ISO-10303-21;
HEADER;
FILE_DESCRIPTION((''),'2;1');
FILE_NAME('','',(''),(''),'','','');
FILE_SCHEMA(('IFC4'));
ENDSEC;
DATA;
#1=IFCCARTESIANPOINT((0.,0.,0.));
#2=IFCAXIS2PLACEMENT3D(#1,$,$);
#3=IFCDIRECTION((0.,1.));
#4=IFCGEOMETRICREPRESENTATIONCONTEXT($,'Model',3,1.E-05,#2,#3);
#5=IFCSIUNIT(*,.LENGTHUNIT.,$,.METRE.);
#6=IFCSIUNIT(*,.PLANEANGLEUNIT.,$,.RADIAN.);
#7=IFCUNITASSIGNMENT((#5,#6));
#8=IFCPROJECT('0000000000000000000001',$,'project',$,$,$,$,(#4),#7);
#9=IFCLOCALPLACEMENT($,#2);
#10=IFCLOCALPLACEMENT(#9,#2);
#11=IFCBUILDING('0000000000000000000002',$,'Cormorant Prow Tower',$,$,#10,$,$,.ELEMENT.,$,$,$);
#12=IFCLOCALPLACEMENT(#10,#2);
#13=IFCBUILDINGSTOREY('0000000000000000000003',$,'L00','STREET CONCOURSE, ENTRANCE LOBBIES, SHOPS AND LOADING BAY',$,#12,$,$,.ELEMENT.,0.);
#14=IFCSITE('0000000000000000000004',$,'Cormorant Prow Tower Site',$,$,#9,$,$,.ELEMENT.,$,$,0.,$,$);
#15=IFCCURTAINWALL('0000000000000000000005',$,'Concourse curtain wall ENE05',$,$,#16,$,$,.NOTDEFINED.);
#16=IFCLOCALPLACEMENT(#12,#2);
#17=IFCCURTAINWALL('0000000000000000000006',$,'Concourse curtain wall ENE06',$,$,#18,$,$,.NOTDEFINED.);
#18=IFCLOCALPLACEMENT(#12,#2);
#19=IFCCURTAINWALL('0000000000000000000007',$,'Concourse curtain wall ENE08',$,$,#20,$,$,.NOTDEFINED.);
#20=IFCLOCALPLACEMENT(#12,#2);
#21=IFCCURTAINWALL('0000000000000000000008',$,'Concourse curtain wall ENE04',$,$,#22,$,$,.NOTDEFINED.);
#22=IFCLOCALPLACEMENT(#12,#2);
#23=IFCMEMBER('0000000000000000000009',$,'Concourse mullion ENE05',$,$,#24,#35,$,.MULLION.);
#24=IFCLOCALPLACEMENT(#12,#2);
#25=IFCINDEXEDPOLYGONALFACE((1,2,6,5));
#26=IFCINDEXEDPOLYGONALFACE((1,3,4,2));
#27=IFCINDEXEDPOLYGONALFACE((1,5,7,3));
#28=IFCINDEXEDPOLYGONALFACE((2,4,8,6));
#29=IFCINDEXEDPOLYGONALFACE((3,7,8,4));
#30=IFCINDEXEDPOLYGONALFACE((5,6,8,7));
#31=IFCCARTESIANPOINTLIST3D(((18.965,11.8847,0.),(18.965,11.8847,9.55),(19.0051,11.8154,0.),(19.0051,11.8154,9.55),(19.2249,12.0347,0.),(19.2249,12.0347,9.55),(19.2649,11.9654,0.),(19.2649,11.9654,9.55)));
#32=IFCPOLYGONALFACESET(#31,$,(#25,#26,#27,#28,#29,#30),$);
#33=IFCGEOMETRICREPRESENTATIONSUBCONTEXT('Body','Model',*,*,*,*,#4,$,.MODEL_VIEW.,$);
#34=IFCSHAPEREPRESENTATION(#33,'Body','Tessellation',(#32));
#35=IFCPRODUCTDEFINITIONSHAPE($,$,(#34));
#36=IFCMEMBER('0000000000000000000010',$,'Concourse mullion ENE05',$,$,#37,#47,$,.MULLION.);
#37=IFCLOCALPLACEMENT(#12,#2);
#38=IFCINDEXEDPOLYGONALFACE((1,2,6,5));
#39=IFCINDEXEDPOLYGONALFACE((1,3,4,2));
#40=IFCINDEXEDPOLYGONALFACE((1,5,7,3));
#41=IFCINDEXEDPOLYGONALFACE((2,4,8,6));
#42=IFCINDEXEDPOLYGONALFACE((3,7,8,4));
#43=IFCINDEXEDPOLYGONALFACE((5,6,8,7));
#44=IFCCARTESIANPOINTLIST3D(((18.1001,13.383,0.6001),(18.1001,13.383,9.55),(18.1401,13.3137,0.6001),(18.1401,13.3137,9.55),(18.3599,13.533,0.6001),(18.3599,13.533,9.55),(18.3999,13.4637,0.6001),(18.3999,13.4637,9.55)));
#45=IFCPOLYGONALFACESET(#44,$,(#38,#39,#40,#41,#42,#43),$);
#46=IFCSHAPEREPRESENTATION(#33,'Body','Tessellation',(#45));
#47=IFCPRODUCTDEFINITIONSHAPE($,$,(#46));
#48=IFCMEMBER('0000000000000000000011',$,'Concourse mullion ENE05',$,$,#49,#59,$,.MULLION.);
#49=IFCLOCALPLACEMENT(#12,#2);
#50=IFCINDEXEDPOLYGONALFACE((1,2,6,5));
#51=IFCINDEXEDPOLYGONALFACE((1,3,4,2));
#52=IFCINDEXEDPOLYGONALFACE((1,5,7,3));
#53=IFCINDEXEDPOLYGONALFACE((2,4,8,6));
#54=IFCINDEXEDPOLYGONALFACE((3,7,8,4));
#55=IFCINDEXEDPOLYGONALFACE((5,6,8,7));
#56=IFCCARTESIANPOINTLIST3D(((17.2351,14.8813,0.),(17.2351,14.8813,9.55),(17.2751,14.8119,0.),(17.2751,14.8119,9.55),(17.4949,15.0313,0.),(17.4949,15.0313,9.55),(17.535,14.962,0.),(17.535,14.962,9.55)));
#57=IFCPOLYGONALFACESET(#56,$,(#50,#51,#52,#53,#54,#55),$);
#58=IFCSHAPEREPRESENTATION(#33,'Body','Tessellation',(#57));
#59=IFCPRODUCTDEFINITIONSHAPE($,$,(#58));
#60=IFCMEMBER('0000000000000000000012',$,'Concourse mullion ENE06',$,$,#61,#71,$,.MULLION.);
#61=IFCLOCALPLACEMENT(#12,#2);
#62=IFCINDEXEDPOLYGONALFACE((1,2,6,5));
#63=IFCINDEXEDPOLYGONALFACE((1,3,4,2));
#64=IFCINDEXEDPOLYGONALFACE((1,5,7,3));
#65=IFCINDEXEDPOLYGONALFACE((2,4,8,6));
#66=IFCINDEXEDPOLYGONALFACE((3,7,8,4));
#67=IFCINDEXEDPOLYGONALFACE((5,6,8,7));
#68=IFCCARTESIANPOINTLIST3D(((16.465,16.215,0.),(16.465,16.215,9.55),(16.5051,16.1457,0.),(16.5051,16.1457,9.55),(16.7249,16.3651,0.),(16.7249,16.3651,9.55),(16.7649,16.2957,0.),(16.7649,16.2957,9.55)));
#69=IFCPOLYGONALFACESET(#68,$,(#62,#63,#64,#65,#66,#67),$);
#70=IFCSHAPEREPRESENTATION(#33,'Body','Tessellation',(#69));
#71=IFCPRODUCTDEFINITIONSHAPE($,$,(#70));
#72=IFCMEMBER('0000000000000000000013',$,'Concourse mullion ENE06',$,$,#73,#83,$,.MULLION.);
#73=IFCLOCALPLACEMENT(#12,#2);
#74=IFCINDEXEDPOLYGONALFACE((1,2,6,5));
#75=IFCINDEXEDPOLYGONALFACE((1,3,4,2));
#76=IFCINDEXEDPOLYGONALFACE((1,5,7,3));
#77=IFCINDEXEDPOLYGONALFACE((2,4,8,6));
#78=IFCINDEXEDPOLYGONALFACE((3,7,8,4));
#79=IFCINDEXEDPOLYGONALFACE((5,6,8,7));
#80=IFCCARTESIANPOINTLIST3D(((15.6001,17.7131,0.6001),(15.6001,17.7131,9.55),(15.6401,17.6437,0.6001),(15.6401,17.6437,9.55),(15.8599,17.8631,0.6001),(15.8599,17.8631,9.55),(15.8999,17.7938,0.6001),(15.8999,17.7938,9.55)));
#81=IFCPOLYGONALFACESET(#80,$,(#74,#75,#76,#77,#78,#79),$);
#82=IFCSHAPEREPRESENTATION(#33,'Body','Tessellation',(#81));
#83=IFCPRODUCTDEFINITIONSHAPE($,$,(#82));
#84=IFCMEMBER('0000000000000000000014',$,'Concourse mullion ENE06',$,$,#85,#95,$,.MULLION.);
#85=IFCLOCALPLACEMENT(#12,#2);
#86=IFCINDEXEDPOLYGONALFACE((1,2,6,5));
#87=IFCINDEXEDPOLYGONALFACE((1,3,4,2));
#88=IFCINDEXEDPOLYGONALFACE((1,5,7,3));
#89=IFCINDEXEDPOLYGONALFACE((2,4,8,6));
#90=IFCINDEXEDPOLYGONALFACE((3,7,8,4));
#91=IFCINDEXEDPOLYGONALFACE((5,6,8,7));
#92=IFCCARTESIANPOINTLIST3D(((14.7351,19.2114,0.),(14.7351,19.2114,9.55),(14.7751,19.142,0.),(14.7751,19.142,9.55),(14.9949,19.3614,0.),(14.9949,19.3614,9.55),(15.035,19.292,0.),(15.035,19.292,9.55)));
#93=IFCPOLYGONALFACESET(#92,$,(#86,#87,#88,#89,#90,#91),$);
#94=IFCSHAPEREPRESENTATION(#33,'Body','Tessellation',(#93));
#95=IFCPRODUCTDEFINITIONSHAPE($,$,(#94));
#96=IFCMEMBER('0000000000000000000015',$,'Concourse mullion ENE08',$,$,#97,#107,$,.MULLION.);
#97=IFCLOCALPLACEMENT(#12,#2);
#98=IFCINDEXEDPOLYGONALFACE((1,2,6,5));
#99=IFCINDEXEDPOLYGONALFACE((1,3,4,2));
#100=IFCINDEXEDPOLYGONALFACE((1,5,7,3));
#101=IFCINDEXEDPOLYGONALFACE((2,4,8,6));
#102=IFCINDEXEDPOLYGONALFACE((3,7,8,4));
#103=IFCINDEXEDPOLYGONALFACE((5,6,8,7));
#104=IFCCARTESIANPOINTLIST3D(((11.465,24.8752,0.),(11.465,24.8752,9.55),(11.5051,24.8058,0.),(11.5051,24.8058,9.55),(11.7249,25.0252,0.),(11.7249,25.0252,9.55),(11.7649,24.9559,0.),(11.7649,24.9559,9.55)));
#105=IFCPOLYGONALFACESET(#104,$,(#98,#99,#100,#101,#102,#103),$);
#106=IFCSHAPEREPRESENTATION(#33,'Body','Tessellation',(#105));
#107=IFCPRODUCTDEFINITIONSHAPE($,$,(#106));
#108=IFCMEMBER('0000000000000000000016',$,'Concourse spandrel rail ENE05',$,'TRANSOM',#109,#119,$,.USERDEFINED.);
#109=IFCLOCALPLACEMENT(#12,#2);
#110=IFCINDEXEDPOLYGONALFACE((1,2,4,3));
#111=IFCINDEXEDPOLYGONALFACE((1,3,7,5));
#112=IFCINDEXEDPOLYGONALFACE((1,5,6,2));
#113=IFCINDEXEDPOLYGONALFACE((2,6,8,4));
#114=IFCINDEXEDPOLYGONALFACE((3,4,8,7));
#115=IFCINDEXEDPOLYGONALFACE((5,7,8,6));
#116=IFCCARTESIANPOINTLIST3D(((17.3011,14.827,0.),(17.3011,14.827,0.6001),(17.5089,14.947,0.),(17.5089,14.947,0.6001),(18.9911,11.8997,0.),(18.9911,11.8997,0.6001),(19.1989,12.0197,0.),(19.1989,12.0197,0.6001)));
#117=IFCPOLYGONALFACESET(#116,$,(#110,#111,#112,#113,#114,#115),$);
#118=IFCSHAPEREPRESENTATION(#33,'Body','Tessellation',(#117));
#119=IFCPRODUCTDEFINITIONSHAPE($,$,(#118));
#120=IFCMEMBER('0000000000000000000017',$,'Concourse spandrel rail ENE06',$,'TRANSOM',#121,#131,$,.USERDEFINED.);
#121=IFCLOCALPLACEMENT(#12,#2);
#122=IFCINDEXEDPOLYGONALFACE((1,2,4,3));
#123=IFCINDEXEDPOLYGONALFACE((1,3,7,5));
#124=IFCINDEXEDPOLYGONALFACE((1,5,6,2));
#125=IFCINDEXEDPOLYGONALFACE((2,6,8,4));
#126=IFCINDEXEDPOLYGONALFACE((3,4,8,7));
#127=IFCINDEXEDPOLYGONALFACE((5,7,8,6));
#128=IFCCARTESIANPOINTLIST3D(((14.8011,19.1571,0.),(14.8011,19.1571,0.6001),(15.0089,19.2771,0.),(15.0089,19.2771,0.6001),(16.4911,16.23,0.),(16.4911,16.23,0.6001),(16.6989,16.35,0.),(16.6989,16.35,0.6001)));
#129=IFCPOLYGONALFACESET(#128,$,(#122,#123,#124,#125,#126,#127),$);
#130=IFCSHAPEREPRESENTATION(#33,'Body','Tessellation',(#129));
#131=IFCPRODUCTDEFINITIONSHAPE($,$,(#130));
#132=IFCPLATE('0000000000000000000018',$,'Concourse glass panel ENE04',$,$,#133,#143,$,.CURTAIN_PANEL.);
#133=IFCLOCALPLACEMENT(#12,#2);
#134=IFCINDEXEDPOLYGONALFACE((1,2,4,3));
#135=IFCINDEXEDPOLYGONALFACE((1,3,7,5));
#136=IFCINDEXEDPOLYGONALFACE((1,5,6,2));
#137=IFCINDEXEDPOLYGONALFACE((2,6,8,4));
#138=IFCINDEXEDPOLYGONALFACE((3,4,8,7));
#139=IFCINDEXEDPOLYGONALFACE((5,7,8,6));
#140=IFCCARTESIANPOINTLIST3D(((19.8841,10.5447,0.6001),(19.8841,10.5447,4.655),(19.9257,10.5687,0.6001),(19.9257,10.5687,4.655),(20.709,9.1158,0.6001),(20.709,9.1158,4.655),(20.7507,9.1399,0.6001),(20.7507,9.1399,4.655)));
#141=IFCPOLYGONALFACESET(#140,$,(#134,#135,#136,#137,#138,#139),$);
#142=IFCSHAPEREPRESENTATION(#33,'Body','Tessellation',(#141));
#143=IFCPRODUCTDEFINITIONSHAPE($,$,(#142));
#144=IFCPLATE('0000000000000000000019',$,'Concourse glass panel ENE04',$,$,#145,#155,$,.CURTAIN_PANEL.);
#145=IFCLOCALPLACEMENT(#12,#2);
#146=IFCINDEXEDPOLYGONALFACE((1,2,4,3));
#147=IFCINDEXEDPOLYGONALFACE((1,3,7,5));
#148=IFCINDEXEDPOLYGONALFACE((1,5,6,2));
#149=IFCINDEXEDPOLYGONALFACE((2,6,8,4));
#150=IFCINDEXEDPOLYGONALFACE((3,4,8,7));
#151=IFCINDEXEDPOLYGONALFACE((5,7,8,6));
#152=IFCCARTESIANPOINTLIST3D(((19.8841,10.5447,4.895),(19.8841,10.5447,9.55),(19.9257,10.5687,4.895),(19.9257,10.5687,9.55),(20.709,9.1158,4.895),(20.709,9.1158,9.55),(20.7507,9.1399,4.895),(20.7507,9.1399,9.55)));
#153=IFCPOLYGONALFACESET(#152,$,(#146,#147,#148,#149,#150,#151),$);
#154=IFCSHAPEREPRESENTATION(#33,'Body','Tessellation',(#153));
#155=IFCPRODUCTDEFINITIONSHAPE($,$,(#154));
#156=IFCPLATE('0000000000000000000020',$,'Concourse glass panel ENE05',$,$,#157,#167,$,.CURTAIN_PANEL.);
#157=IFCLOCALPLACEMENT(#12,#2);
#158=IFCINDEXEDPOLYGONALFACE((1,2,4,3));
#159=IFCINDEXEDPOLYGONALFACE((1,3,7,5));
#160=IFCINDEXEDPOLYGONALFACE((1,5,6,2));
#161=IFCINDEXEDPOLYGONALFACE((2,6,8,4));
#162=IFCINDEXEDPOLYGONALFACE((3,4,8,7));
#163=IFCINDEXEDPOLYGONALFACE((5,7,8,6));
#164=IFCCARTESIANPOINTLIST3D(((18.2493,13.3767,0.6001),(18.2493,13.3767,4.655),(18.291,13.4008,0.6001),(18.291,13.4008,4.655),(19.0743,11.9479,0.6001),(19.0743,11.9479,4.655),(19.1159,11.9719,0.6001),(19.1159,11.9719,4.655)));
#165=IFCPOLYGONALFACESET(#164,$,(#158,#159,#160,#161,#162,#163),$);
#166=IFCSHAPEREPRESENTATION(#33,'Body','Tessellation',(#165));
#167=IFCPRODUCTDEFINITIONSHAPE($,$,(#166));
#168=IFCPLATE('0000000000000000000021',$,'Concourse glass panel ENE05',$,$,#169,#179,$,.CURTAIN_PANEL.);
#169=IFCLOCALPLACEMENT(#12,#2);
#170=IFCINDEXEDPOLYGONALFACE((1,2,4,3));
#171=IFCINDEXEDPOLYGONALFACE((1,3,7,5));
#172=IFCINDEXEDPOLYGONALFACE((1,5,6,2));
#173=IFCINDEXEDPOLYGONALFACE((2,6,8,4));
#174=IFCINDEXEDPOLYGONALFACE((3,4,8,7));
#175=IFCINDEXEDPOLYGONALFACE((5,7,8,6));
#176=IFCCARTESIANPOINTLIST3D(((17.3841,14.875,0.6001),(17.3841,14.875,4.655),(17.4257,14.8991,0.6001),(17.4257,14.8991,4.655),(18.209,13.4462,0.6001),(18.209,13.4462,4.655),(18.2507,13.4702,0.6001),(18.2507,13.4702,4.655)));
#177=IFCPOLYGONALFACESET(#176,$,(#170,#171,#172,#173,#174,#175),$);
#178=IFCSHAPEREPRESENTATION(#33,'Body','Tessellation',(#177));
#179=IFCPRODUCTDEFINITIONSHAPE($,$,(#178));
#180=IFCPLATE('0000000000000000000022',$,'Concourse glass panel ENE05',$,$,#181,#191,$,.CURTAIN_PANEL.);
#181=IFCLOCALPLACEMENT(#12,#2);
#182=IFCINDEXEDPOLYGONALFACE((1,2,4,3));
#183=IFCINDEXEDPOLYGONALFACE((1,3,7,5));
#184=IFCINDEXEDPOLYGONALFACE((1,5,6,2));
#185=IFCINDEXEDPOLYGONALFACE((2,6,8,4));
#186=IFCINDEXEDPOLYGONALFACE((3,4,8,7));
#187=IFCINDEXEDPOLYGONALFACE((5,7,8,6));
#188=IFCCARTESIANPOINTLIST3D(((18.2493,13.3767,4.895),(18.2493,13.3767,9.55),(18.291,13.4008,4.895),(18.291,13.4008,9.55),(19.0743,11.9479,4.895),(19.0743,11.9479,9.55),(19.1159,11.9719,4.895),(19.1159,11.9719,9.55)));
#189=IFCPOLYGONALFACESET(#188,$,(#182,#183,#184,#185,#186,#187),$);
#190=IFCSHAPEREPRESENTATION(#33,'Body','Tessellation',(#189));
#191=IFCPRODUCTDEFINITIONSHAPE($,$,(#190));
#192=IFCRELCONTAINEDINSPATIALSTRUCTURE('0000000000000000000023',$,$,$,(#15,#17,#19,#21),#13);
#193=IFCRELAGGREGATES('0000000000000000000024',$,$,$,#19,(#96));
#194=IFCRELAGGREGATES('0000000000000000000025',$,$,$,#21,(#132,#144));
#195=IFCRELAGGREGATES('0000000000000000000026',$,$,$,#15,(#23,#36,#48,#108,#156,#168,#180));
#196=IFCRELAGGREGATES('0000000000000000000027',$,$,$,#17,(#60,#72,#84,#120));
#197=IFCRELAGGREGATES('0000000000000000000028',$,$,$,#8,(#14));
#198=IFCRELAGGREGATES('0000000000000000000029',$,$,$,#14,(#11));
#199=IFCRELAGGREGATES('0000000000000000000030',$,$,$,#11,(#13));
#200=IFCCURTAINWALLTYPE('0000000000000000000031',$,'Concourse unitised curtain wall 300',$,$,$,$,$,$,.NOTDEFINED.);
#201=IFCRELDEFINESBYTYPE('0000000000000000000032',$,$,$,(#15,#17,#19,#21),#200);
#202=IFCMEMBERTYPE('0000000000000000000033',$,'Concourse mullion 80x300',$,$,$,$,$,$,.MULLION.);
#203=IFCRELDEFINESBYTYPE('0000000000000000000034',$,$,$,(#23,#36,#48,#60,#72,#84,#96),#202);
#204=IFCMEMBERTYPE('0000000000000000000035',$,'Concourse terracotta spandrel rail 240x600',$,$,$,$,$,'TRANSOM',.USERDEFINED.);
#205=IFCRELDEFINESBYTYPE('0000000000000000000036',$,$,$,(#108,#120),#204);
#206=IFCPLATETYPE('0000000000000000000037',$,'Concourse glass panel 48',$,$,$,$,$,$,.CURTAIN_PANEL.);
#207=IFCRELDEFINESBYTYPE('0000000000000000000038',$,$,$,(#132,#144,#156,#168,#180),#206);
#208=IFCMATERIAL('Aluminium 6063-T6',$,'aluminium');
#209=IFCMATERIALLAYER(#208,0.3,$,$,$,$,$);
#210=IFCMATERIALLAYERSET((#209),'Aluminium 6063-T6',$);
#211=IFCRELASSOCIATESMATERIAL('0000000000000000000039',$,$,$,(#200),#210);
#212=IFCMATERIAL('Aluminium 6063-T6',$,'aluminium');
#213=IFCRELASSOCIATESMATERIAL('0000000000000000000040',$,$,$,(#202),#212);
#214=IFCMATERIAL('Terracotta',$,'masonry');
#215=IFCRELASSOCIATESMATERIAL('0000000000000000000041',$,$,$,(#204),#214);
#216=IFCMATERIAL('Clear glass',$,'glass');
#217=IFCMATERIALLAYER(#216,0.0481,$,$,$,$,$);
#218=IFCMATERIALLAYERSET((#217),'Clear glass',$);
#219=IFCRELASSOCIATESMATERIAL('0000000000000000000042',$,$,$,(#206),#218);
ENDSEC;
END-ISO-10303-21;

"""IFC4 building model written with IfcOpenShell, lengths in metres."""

from ifc_helpers import new_model, si_unit, direction, frame, origin, origin_2d, place, context, subcontext, project, spatial, rectangle, extrude, material, layer, layer_set, material_profile, profile_set, type_object, element, aggregate, save


model = new_model("IFC4")

# Units and contexts
model_context = context("Model", 3, precision=1e-05, world=origin(), true_north=direction((0.0, 1.0)))
body_context = subcontext(model_context, "Body", "Model", "MODEL_VIEW")
ifc_project = project(units=[si_unit("LENGTHUNIT", "METRE"), si_unit("PLANEANGLEUNIT", "RADIAN")], contexts=[model_context])

# Site, building, storey
site_placement = place(None, origin())
site = spatial("IfcSite", under=ifc_project, at=site_placement, Name="Cormorant Prow Tower Site", CompositionType="ELEMENT", RefElevation=0.0)
building_placement = place(site_placement, origin())
building = spatial("IfcBuilding", under=site, at=building_placement, Name="Cormorant Prow Tower", CompositionType="ELEMENT")
storey_placement = place(building_placement, origin())
storey = spatial("IfcBuildingStorey", under=building, at=storey_placement, Name="L00", Description="STREET CONCOURSE, ENTRANCE LOBBIES, SHOPS AND LOADING BAY", CompositionType="ELEMENT", Elevation=0.0)

# Curtain walls
ifc_material_1 = material(Name="Aluminium 6063-T6", Category="aluminium")
ifc_layer_1 = layer(ifc_material_1, 0.3)
ifc_layer_set_1 = layer_set([ifc_layer_1], Name="Aluminium 6063-T6")
curtain_wall_type = type_object("IfcCurtainWallType", Name="Concourse unitised curtain wall 300", PredefinedType="NOTDEFINED", material=ifc_layer_set_1)
curtain_wall_1_placement = place(storey_placement, origin())
curtain_wall_1 = element("IfcCurtainWall", 1, at=curtain_wall_1_placement, inside=storey, type_object=curtain_wall_type, Name="Concourse curtain wall ENE05", PredefinedType="NOTDEFINED")
curtain_wall_2_placement = place(storey_placement, origin())
curtain_wall_2 = element("IfcCurtainWall", 2, at=curtain_wall_2_placement, inside=storey, type_object=curtain_wall_type, Name="Concourse curtain wall ENE06", PredefinedType="NOTDEFINED")

# Curtain walls
curtain_wall_3_placement = place(storey_placement, origin())
curtain_wall_3 = element("IfcCurtainWall", 3, at=curtain_wall_3_placement, inside=storey, type_object=curtain_wall_type, Name="Concourse curtain wall ENE08", PredefinedType="NOTDEFINED")
curtain_wall_4_placement = place(storey_placement, origin())
curtain_wall_4 = element("IfcCurtainWall", 4, at=curtain_wall_4_placement, inside=storey, type_object=curtain_wall_type, Name="Concourse curtain wall ENE04", PredefinedType="NOTDEFINED")
ifc_material_2 = material(Name="Aluminium 6063-T6", Category="aluminium")
ifc_material_profile_1 = material_profile(ifc_material_2, rectangle(XDim=0.3, YDim=0.0801, at=origin_2d()), Name="Concourse mullion 80x300")
ifc_profile_set_1 = profile_set([ifc_material_profile_1], Name="Aluminium 6063-T6")
member_type_1 = type_object("IfcMemberType", Name="Concourse mullion 80x300", PredefinedType="MULLION", material=ifc_profile_set_1)

# Members
member_1_placement = place(storey_placement, frame((19.115, 11.925, 0.0), z_axis=(0.0, 0.0, 1.0), x_axis=(-0.866025, -0.5, 0.0)))
member_1 = element("IfcMember", 5, at=member_1_placement, type_object=member_type_1, Name="Concourse mullion ENE05", PredefinedType="MULLION", context=body_context, shape_type="SweptSolid", body=[
    extrude(rectangle(XDim=0.3, YDim=0.0801, at=origin_2d()), origin(), (0.0, 0.0, 1.0), 9.55),
])
member_2_placement = place(storey_placement, frame((18.25, 13.4233, 0.6001), z_axis=(0.0, 0.0, 1.0), x_axis=(-0.866025, -0.5, 0.0)))
member_2 = element("IfcMember", 6, at=member_2_placement, type_object=member_type_1, Name="Concourse mullion ENE05", PredefinedType="MULLION", context=body_context, shape_type="SweptSolid", body=[
    extrude(rectangle(XDim=0.3, YDim=0.0801, at=origin_2d()), origin(), (0.0, 0.0, 1.0), 8.95),
])
member_3_placement = place(storey_placement, frame((17.385, 14.9216, 0.0), z_axis=(0.0, 0.0, 1.0), x_axis=(-0.866025, -0.5, 0.0)))
member_3 = element("IfcMember", 7, at=member_3_placement, type_object=member_type_1, Name="Concourse mullion ENE05", PredefinedType="MULLION", context=body_context, shape_type="SweptSolid", body=[
    extrude(rectangle(XDim=0.3, YDim=0.0801, at=origin_2d()), origin(), (0.0, 0.0, 1.0), 9.55),
])
member_4_placement = place(storey_placement, frame((16.615, 16.2554, 0.0), z_axis=(0.0, 0.0, 1.0), x_axis=(-0.866025, -0.5, 0.0)))
member_4 = element("IfcMember", 8, at=member_4_placement, type_object=member_type_1, Name="Concourse mullion ENE06", PredefinedType="MULLION", context=body_context, shape_type="SweptSolid", body=[
    extrude(rectangle(XDim=0.3, YDim=0.0801, at=origin_2d()), origin(), (0.0, 0.0, 1.0), 9.55),
])
member_5_placement = place(storey_placement, frame((15.75, 17.7534, 0.6001), z_axis=(0.0, 0.0, 1.0), x_axis=(-0.866025, -0.5, 0.0)))
member_5 = element("IfcMember", 9, at=member_5_placement, type_object=member_type_1, Name="Concourse mullion ENE06", PredefinedType="MULLION", context=body_context, shape_type="SweptSolid", body=[
    extrude(rectangle(XDim=0.3, YDim=0.0801, at=origin_2d()), origin(), (0.0, 0.0, 1.0), 8.95),
])
member_6_placement = place(storey_placement, frame((14.885, 19.2517, 0.0), z_axis=(0.0, 0.0, 1.0), x_axis=(-0.866025, -0.5, 0.0)))
member_6 = element("IfcMember", 10, at=member_6_placement, type_object=member_type_1, Name="Concourse mullion ENE06", PredefinedType="MULLION", context=body_context, shape_type="SweptSolid", body=[
    extrude(rectangle(XDim=0.3, YDim=0.0801, at=origin_2d()), origin(), (0.0, 0.0, 1.0), 9.55),
])
member_7_placement = place(storey_placement, frame((11.615, 24.9155, 0.0), z_axis=(0.0, 0.0, 1.0), x_axis=(-0.866025, -0.5, 0.0)))
member_7 = element("IfcMember", 11, at=member_7_placement, type_object=member_type_1, Name="Concourse mullion ENE08", PredefinedType="MULLION", context=body_context, shape_type="SweptSolid", body=[
    extrude(rectangle(XDim=0.3, YDim=0.0801, at=origin_2d()), origin(), (0.0, 0.0, 1.0), 9.55),
])
aggregate(curtain_wall_3, [member_7])
ifc_material_3 = material(Name="Terracotta", Category="masonry")
ifc_material_profile_2 = material_profile(ifc_material_3, rectangle(XDim=0.24, YDim=0.6001, at=origin_2d()), Name="Concourse terracotta spandrel rail 240x600")
ifc_profile_set_2 = profile_set([ifc_material_profile_2], Name="Terracotta")
member_type_2 = type_object("IfcMemberType", Name="Concourse terracotta spandrel rail 240x600", ElementType="TRANSOM", PredefinedType="USERDEFINED", material=ifc_profile_set_2)
member_8_placement = place(storey_placement, frame((19.095, 11.9597, 0.3), z_axis=(-0.499977, 0.866039, 0.0), x_axis=(-0.866039, -0.499977, 0.0)))
member_8 = element("IfcMember", 12, at=member_8_placement, type_object=member_type_2, Name="Concourse spandrel rail ENE05", ObjectType="TRANSOM", PredefinedType="USERDEFINED", context=body_context, shape_type="SweptSolid", body=[
    extrude(rectangle(XDim=0.24, YDim=0.6001, at=origin_2d()), origin(), (0.0, 0.0, 1.0), 3.3801),
])
member_9_placement = place(storey_placement, frame((16.595, 16.29, 0.3), z_axis=(-0.500008, 0.866021, 0.0), x_axis=(-0.866021, -0.500008, 0.0)))
member_9 = element("IfcMember", 13, at=member_9_placement, type_object=member_type_2, Name="Concourse spandrel rail ENE06", ObjectType="TRANSOM", PredefinedType="USERDEFINED", context=body_context, shape_type="SweptSolid", body=[
    extrude(rectangle(XDim=0.24, YDim=0.6001, at=origin_2d()), origin(), (0.0, 0.0, 1.0), 3.3799),
])

# Plates
ifc_material_4 = material(Name="Clear glass", Category="glass")
ifc_layer_2 = layer(ifc_material_4, 0.0481)
ifc_layer_set_2 = layer_set([ifc_layer_2], Name="Clear glass")
plate_type = type_object("IfcPlateType", Name="Concourse glass panel 48", PredefinedType="CURTAIN_PANEL", material=ifc_layer_set_2)
plate_1_placement = place(storey_placement, frame((20.3174, 9.8423, 0.6001), z_axis=(0.0, 0.0, 1.0), x_axis=(-0.5, 0.866025, 0.0)))
plate_1 = element("IfcPlate", 14, at=plate_1_placement, type_object=plate_type, Name="Concourse glass panel ENE04", PredefinedType="CURTAIN_PANEL", context=body_context, shape_type="SweptSolid", body=[
    extrude(rectangle(XDim=1.6499, YDim=0.0481, at=origin_2d()), origin(), (0.0, 0.0, 1.0), 4.0549),
])
plate_2_placement = place(storey_placement, frame((20.3174, 9.8423, 4.895), z_axis=(0.0, 0.0, 1.0), x_axis=(-0.5, 0.866025, 0.0)))
plate_2 = element("IfcPlate", 15, at=plate_2_placement, type_object=plate_type, Name="Concourse glass panel ENE04", PredefinedType="CURTAIN_PANEL", context=body_context, shape_type="SweptSolid", body=[
    extrude(rectangle(XDim=1.6499, YDim=0.0481, at=origin_2d()), origin(), (0.0, 0.0, 1.0), 4.655),
])
aggregate(curtain_wall_4, [plate_1, plate_2])
plate_3_placement = place(storey_placement, frame((18.6826, 12.6743, 0.6001), z_axis=(0.0, 0.0, 1.0), x_axis=(-0.5, 0.866025, 0.0)))
plate_3 = element("IfcPlate", 16, at=plate_3_placement, type_object=plate_type, Name="Concourse glass panel ENE05", PredefinedType="CURTAIN_PANEL", context=body_context, shape_type="SweptSolid", body=[
    extrude(rectangle(XDim=1.6499, YDim=0.0481, at=origin_2d()), origin(), (0.0, 0.0, 1.0), 4.0549),
])
plate_4_placement = place(storey_placement, frame((17.8174, 14.1726, 0.6001), z_axis=(0.0, 0.0, 1.0), x_axis=(-0.5, 0.866025, 0.0)))
plate_4 = element("IfcPlate", 17, at=plate_4_placement, type_object=plate_type, Name="Concourse glass panel ENE05", PredefinedType="CURTAIN_PANEL", context=body_context, shape_type="SweptSolid", body=[
    extrude(rectangle(XDim=1.6499, YDim=0.0481, at=origin_2d()), origin(), (0.0, 0.0, 1.0), 4.0549),
])
plate_5_placement = place(storey_placement, frame((18.6826, 12.6743, 4.895), z_axis=(0.0, 0.0, 1.0), x_axis=(-0.5, 0.866025, 0.0)))
plate_5 = element("IfcPlate", 18, at=plate_5_placement, type_object=plate_type, Name="Concourse glass panel ENE05", PredefinedType="CURTAIN_PANEL", context=body_context, shape_type="SweptSolid", body=[
    extrude(rectangle(XDim=1.6499, YDim=0.0481, at=origin_2d()), origin(), (0.0, 0.0, 1.0), 4.655),
])
aggregate(curtain_wall_1, [member_1, member_2, member_3, member_8, plate_3, plate_4, plate_5])
aggregate(curtain_wall_2, [member_4, member_5, member_6, member_9])

save(model, "model.ifc")
